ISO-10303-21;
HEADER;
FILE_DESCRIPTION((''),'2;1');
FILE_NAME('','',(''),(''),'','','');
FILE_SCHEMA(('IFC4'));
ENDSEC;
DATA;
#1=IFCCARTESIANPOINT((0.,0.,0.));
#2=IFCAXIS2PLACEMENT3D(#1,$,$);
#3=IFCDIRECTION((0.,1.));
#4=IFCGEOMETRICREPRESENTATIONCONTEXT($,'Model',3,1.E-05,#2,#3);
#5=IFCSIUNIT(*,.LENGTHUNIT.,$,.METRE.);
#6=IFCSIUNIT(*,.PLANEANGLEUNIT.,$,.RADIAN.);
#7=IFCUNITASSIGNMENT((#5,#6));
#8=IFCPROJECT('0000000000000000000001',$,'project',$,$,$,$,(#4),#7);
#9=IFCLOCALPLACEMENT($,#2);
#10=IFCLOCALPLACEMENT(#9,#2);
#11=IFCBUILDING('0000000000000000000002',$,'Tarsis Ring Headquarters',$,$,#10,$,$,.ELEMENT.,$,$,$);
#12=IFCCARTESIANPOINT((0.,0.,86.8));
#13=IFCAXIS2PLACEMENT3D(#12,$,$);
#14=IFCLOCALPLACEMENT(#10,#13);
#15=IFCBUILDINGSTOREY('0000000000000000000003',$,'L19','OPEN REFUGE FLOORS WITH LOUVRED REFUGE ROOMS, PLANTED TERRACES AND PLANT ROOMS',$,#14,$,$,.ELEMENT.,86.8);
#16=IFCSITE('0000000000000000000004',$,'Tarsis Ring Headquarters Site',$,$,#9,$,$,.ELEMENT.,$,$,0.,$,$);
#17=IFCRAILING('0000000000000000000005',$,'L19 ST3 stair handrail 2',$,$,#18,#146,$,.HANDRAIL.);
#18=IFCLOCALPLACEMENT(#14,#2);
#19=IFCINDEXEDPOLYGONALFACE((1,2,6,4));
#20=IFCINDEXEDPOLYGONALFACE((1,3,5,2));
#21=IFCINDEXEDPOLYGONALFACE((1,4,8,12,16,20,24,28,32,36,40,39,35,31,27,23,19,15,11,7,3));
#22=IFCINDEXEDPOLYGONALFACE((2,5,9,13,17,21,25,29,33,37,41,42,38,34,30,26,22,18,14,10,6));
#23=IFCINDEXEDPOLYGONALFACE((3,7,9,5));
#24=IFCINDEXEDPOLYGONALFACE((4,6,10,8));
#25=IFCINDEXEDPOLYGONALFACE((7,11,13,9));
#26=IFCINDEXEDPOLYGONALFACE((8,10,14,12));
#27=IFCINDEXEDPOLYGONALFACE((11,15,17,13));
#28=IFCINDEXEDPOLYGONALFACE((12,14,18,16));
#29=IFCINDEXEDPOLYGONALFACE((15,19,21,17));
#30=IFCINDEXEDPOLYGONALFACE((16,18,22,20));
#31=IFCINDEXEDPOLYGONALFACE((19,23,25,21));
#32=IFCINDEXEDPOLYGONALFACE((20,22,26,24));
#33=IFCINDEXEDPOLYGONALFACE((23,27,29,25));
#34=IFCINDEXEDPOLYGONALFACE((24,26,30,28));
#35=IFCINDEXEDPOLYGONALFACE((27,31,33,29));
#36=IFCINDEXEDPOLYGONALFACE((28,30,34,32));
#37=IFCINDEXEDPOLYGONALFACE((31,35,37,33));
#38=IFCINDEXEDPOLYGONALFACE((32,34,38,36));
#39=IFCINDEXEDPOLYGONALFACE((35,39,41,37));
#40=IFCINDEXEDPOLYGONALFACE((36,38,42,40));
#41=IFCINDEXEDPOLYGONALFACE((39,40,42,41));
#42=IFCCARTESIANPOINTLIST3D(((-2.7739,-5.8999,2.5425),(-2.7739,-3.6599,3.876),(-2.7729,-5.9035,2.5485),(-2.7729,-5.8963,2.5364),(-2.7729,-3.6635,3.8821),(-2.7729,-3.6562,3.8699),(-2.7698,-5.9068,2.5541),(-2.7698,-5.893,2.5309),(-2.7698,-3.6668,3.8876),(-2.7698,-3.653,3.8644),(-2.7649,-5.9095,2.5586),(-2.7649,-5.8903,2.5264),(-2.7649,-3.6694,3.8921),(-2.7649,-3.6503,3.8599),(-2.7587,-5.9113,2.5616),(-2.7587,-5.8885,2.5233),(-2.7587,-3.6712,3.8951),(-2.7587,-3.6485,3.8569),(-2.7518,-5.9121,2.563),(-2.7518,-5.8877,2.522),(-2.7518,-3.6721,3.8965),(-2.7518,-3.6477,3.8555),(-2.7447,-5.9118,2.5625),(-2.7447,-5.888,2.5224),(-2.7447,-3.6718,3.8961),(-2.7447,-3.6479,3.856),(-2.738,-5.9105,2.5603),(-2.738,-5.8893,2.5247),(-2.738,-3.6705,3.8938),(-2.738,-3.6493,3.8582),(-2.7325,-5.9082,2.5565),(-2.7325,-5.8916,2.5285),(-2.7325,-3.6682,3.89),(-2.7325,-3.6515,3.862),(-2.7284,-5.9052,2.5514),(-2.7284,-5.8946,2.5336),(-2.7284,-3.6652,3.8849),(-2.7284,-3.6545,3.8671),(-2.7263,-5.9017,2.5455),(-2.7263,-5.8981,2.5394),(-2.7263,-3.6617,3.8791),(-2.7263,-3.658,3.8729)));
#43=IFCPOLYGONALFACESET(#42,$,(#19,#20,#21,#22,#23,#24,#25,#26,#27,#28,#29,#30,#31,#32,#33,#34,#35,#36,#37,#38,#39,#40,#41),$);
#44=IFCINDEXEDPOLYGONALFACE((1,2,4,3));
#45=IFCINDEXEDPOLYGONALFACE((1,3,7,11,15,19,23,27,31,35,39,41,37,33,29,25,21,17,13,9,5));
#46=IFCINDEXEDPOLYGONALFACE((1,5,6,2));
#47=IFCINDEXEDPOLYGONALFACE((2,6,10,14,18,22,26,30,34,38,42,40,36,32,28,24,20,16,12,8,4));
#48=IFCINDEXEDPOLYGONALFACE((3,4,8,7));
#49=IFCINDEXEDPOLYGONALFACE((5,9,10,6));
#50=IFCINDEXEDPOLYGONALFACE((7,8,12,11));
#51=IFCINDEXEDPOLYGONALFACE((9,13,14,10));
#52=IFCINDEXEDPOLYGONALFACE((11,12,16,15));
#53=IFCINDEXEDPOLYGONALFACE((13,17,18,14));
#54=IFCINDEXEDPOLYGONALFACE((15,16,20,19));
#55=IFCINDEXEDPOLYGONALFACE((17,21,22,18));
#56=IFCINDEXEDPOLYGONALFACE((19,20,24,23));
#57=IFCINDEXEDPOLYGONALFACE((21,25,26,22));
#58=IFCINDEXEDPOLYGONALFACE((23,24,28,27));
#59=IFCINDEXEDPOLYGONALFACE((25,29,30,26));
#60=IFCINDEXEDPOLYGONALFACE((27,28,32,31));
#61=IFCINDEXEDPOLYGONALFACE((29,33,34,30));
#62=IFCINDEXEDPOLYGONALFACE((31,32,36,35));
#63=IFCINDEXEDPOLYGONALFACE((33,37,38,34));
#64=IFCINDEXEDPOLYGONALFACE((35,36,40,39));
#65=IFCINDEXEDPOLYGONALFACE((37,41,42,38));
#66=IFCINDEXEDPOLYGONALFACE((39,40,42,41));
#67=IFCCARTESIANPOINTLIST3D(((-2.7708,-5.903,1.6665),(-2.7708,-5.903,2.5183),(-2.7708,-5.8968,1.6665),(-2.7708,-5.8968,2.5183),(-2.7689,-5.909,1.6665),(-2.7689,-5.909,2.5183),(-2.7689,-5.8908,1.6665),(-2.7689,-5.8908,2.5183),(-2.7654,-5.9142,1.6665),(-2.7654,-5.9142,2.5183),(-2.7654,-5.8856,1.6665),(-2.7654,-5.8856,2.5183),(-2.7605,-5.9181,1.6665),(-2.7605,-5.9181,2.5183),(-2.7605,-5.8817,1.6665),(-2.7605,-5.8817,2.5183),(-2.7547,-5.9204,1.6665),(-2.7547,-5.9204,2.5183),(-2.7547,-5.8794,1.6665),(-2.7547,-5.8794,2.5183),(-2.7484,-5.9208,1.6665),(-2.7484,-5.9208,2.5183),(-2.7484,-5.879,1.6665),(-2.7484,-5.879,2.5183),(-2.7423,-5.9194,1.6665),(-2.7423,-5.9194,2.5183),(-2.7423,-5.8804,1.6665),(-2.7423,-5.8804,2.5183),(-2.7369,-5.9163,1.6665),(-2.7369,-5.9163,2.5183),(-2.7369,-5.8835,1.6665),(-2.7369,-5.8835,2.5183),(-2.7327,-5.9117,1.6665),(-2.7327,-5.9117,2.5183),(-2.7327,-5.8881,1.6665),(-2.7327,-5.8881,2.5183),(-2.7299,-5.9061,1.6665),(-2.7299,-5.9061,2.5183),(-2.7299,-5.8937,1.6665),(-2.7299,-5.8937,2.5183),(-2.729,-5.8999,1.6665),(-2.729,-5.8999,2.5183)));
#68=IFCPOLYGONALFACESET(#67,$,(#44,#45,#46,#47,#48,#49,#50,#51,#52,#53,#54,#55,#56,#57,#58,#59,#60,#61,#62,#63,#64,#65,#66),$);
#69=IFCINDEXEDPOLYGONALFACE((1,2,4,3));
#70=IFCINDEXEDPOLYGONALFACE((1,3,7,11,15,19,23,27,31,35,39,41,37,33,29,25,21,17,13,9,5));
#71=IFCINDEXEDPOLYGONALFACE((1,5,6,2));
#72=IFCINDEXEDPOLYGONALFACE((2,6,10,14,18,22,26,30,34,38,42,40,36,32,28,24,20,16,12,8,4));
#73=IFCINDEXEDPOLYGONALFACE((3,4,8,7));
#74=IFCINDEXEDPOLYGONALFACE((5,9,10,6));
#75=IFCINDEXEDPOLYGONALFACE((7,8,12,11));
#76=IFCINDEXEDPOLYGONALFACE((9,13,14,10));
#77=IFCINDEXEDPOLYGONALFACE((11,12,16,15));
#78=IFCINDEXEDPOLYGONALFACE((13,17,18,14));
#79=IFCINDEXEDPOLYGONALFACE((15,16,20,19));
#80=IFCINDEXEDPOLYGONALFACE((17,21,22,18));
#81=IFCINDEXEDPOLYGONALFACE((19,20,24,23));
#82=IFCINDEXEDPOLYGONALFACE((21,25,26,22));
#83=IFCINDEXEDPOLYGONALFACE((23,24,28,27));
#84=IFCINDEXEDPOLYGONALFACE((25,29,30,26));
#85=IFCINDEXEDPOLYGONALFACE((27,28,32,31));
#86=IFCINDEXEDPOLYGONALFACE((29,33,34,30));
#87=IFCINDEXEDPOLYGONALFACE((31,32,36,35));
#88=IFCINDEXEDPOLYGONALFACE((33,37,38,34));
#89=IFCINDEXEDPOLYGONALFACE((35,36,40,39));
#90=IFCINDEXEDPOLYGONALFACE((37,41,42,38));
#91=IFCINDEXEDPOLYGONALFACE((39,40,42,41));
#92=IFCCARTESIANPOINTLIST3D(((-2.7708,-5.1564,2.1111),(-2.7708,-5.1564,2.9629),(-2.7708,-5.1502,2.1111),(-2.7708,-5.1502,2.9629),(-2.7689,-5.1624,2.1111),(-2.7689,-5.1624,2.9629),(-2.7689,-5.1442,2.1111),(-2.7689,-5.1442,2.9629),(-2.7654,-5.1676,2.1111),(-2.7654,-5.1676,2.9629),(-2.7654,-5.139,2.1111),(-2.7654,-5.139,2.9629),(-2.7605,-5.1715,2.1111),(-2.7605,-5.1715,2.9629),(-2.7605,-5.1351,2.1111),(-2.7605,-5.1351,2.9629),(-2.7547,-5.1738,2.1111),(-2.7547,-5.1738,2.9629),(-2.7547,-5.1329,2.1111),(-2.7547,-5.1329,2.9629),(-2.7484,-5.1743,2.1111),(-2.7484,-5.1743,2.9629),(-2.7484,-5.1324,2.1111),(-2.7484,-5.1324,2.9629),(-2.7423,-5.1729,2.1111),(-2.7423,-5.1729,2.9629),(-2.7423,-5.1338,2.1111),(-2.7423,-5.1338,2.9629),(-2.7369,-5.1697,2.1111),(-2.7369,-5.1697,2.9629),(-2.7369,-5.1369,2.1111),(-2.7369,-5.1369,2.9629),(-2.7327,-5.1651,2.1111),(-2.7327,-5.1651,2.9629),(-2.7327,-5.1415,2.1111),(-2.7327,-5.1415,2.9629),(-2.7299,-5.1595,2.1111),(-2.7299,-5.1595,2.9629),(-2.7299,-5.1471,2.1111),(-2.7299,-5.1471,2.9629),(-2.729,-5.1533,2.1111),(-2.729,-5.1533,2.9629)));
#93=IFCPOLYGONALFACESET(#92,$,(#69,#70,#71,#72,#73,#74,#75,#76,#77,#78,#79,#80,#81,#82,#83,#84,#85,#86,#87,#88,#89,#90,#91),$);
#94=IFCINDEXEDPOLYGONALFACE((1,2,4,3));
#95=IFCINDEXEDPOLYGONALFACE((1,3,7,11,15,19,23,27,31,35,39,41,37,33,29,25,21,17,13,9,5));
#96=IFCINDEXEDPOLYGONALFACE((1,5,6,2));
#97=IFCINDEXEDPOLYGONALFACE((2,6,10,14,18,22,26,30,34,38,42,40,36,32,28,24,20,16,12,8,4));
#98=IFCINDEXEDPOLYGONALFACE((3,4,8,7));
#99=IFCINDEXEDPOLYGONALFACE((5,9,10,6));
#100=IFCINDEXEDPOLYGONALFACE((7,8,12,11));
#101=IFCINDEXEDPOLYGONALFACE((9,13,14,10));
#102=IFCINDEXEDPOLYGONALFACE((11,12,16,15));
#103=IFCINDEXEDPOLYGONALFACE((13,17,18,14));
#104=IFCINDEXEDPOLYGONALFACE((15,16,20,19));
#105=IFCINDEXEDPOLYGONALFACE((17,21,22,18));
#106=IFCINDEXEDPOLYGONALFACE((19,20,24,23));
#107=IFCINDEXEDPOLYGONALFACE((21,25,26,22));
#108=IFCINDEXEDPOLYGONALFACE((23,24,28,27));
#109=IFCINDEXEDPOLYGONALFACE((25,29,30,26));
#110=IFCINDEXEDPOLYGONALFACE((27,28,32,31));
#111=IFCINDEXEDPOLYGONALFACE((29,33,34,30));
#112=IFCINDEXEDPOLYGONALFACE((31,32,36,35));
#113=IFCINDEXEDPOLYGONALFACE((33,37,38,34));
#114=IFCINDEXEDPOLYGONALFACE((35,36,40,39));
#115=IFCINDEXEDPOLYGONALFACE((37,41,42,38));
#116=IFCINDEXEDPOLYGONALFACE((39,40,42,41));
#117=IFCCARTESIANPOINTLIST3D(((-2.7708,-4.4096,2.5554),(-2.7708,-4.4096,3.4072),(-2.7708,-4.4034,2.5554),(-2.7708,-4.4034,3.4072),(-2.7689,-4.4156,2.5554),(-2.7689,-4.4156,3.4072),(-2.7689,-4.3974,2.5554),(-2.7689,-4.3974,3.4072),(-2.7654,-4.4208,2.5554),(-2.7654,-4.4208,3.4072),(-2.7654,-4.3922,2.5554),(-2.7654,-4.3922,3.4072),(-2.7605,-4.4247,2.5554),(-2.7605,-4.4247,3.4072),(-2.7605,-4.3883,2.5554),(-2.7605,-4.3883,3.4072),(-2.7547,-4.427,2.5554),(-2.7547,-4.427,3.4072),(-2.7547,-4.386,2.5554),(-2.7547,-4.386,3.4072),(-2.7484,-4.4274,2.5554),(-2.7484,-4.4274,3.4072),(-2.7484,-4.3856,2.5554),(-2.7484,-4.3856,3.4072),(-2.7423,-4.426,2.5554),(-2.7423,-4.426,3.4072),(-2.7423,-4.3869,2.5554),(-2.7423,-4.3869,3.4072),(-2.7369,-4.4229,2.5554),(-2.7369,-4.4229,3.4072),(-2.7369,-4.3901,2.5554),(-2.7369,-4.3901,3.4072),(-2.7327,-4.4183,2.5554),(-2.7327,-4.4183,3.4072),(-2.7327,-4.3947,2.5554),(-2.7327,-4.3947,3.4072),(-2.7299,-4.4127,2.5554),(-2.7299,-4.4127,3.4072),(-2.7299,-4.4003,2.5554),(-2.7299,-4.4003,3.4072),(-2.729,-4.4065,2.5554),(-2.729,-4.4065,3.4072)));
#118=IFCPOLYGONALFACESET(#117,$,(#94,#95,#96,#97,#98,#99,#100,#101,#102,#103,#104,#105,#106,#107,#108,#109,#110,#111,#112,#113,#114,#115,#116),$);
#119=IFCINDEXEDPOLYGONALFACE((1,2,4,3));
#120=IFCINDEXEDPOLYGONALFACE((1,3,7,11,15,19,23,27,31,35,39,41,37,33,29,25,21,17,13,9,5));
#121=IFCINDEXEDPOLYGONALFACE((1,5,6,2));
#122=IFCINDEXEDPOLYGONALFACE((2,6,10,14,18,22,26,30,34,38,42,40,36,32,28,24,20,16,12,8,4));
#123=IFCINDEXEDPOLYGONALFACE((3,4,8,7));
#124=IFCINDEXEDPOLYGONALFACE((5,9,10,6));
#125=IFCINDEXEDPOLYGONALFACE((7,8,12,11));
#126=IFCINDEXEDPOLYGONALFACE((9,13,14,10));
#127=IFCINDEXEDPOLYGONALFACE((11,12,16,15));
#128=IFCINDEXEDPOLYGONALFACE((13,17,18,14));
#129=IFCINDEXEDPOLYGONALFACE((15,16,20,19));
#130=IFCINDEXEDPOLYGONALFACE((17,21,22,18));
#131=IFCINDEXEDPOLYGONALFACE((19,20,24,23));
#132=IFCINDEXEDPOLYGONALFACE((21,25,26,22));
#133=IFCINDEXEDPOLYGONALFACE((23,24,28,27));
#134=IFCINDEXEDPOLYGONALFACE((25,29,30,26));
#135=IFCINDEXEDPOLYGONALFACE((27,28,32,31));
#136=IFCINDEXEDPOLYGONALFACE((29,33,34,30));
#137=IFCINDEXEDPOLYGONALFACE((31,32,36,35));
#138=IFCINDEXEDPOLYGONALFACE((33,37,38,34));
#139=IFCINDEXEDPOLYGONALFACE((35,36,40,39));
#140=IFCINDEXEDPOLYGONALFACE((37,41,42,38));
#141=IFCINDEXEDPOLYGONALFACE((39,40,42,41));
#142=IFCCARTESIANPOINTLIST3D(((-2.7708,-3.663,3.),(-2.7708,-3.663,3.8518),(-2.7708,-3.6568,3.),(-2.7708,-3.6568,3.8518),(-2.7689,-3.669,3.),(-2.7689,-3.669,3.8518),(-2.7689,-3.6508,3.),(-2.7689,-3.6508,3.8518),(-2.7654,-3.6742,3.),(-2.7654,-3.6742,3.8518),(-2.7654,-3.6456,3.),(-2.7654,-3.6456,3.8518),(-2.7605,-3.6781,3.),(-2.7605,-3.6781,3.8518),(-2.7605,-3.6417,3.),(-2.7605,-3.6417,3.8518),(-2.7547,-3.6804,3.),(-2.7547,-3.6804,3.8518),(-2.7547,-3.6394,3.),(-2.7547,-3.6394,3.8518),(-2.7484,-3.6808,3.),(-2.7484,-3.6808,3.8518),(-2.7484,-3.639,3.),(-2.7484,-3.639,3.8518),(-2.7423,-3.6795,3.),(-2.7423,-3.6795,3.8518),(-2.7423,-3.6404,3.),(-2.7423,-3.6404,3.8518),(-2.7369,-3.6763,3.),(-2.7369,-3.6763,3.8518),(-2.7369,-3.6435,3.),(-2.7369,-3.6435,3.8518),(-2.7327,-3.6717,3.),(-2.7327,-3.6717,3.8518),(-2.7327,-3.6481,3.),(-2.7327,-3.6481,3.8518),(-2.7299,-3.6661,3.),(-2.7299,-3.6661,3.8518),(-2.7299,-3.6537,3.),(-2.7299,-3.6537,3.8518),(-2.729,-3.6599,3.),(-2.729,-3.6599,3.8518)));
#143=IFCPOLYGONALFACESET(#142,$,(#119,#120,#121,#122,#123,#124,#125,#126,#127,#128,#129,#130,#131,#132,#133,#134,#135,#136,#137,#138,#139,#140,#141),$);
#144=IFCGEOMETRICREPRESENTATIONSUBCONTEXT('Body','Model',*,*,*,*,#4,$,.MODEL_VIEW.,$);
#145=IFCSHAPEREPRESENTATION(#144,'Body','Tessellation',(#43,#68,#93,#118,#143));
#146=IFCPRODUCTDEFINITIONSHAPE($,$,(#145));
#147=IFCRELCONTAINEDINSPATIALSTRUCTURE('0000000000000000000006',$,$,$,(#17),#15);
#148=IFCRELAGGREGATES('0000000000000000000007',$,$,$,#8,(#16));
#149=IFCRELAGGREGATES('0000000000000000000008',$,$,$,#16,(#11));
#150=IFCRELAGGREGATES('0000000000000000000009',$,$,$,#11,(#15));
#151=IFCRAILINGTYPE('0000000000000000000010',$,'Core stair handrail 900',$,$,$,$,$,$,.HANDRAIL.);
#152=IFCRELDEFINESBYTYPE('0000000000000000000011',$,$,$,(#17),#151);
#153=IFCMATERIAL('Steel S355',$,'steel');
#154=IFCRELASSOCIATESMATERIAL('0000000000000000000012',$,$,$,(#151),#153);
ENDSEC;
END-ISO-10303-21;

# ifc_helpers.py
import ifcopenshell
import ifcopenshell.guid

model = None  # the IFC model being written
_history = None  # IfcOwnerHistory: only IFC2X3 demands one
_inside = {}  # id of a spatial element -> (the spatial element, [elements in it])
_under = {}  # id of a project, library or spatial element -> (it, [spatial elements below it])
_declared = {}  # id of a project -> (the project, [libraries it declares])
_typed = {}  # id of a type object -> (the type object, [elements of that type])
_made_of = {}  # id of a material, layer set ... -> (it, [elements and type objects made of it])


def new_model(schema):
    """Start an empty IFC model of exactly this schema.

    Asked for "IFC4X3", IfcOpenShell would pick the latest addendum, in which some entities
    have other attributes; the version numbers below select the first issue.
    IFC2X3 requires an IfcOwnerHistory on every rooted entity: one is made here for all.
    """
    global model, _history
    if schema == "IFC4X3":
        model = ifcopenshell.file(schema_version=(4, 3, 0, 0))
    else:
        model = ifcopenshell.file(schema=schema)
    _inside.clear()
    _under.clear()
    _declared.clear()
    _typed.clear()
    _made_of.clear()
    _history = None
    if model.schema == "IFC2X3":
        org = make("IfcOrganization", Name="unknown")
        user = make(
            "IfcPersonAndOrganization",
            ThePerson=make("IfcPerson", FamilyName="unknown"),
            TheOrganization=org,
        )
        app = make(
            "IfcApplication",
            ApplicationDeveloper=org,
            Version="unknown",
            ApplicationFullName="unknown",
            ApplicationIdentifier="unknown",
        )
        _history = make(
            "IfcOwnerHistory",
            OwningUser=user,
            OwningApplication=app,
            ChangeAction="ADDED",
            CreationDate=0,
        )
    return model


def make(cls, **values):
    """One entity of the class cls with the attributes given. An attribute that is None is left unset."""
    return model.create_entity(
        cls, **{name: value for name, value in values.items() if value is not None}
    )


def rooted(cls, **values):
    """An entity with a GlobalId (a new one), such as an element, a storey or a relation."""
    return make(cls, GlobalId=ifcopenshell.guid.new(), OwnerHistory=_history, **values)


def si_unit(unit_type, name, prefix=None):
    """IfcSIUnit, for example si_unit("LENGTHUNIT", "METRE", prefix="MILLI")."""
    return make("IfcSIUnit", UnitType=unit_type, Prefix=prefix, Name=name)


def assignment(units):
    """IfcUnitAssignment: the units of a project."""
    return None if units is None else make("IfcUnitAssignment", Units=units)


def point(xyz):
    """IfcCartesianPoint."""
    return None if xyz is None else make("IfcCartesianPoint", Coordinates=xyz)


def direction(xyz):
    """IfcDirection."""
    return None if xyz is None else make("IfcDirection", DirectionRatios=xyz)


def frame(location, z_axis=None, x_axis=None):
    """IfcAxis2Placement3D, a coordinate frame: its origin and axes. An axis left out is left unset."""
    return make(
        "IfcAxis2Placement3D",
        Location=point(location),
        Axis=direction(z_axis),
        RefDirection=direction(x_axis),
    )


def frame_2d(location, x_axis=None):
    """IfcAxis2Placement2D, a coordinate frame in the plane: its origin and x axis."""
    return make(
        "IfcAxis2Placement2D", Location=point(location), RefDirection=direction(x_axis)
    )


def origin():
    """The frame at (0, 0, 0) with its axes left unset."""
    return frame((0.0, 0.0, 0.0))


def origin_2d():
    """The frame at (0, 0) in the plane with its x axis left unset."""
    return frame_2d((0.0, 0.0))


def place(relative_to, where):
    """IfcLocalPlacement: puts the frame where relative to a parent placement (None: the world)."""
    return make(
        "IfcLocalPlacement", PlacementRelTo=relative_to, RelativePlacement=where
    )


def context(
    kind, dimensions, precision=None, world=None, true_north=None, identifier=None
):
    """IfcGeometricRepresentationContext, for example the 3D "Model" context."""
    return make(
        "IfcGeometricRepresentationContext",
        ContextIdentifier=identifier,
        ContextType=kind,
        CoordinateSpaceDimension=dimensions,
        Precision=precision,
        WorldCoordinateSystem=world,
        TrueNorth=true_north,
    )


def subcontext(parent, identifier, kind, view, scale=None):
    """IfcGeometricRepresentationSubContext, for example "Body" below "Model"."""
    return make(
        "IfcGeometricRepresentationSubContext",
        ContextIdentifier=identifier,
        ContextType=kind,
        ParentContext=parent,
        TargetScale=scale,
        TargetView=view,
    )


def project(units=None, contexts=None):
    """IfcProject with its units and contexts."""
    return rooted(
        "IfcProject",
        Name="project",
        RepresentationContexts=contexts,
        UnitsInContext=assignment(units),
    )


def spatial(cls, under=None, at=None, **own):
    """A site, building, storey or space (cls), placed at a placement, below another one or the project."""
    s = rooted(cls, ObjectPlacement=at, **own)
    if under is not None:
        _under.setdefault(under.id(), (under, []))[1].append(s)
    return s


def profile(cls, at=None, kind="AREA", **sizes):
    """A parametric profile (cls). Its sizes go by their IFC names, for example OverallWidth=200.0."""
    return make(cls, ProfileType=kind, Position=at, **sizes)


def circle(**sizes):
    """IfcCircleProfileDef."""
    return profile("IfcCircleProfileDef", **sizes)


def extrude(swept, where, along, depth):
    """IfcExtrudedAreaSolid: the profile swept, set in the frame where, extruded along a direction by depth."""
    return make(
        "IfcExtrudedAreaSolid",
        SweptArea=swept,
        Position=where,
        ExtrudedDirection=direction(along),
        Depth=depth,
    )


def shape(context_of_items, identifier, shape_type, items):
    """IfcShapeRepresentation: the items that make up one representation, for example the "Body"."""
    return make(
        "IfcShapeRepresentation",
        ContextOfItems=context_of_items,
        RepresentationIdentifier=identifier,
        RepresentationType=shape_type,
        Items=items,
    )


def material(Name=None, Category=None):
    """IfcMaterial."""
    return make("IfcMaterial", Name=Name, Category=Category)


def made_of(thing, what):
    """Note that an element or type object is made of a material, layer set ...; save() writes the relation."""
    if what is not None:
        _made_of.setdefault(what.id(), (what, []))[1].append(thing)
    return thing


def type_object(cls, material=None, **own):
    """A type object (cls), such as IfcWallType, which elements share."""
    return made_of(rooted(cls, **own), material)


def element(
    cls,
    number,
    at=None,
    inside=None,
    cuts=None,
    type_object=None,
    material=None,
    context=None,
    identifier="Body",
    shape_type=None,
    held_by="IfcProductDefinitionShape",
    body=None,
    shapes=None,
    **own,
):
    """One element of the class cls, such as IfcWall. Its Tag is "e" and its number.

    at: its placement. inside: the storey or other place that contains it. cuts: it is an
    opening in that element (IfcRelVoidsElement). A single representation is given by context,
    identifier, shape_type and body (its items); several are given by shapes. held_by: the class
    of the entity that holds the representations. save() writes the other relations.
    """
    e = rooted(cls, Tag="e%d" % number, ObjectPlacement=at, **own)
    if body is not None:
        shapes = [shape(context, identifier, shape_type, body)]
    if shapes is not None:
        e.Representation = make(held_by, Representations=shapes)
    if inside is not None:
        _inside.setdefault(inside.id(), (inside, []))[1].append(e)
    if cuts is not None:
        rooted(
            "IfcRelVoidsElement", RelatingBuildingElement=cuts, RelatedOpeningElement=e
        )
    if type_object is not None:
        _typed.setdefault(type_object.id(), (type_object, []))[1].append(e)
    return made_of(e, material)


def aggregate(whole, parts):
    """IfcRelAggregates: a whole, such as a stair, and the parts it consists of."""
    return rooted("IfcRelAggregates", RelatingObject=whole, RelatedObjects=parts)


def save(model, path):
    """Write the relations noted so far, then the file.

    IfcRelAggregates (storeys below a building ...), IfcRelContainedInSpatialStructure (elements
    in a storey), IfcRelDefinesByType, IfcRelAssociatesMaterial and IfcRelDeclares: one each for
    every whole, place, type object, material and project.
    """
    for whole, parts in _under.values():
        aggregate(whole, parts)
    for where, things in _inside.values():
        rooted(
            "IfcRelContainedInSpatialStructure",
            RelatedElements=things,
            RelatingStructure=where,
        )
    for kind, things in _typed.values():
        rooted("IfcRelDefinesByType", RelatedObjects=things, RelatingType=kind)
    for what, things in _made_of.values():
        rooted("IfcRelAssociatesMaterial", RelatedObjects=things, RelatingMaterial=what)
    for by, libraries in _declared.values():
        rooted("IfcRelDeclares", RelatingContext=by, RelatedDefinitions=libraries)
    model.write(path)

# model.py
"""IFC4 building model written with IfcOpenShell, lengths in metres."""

from ifc_helpers import new_model, si_unit, direction, frame, origin, origin_2d, place, context, subcontext, project, spatial, circle, extrude, material, type_object, element, save


model = new_model("IFC4")

# Units and contexts
model_context = context("Model", 3, precision=1e-05, world=origin(), true_north=direction((0.0, 1.0)))
body_context = subcontext(model_context, "Body", "Model", "MODEL_VIEW")
ifc_project = project(units=[si_unit("LENGTHUNIT", "METRE"), si_unit("PLANEANGLEUNIT", "RADIAN")], contexts=[model_context])

# Site, building, storey
site_placement = place(None, origin())
site = spatial("IfcSite", under=ifc_project, at=site_placement, Name="Tarsis Ring Headquarters Site", CompositionType="ELEMENT", RefElevation=0.0)
building_placement = place(site_placement, origin())
building = spatial("IfcBuilding", under=site, at=building_placement, Name="Tarsis Ring Headquarters", CompositionType="ELEMENT")
storey_placement = place(building_placement, frame((0.0, 0.0, 86.8)))
storey = spatial("IfcBuildingStorey", under=building, at=storey_placement, Name="L19", Description="OPEN REFUGE FLOORS WITH LOUVRED REFUGE ROOMS, PLANTED TERRACES AND PLANT ROOMS", CompositionType="ELEMENT", Elevation=86.8)

# Railing
ifc_material_1 = material(Name="Steel S355", Category="steel")
railing_type_1 = type_object("IfcRailingType", Name="Core stair handrail 900", PredefinedType="HANDRAIL", material=ifc_material_1)
railing_1_placement = place(storey_placement, frame((-2.75, -5.8999, 1.6665)))
element("IfcRailing", 1, at=railing_1_placement, inside=storey, type_object=railing_type_1, Name="L19 ST3 stair handrail 2", PredefinedType="HANDRAIL", context=body_context, shape_type="SweptSolid", body=[
    extrude(circle(Radius=0.0239, at=origin_2d()), frame((0.0, 0.0, 0.876), z_axis=(0.0, 0.859264, 0.511532), x_axis=(-1.0, 0.0, 0.0)), (0.0, 0.0, 1.0), 2.6069),
    extrude(circle(Radius=0.021, at=origin_2d()), origin(), (0.0, 0.0, 1.0), 0.8518),
    extrude(circle(Radius=0.021, at=origin_2d()), frame((0.0, 0.7466, 0.4446)), (0.0, 0.0, 1.0), 0.8518),
    extrude(circle(Radius=0.021, at=origin_2d()), frame((0.0, 1.4934, 0.8889)), (0.0, 0.0, 1.0), 0.8518),
    extrude(circle(Radius=0.021, at=origin_2d()), frame((0.0, 2.24, 1.3335)), (0.0, 0.0, 1.0), 0.8518),
])

save(model, "model.ifc")
